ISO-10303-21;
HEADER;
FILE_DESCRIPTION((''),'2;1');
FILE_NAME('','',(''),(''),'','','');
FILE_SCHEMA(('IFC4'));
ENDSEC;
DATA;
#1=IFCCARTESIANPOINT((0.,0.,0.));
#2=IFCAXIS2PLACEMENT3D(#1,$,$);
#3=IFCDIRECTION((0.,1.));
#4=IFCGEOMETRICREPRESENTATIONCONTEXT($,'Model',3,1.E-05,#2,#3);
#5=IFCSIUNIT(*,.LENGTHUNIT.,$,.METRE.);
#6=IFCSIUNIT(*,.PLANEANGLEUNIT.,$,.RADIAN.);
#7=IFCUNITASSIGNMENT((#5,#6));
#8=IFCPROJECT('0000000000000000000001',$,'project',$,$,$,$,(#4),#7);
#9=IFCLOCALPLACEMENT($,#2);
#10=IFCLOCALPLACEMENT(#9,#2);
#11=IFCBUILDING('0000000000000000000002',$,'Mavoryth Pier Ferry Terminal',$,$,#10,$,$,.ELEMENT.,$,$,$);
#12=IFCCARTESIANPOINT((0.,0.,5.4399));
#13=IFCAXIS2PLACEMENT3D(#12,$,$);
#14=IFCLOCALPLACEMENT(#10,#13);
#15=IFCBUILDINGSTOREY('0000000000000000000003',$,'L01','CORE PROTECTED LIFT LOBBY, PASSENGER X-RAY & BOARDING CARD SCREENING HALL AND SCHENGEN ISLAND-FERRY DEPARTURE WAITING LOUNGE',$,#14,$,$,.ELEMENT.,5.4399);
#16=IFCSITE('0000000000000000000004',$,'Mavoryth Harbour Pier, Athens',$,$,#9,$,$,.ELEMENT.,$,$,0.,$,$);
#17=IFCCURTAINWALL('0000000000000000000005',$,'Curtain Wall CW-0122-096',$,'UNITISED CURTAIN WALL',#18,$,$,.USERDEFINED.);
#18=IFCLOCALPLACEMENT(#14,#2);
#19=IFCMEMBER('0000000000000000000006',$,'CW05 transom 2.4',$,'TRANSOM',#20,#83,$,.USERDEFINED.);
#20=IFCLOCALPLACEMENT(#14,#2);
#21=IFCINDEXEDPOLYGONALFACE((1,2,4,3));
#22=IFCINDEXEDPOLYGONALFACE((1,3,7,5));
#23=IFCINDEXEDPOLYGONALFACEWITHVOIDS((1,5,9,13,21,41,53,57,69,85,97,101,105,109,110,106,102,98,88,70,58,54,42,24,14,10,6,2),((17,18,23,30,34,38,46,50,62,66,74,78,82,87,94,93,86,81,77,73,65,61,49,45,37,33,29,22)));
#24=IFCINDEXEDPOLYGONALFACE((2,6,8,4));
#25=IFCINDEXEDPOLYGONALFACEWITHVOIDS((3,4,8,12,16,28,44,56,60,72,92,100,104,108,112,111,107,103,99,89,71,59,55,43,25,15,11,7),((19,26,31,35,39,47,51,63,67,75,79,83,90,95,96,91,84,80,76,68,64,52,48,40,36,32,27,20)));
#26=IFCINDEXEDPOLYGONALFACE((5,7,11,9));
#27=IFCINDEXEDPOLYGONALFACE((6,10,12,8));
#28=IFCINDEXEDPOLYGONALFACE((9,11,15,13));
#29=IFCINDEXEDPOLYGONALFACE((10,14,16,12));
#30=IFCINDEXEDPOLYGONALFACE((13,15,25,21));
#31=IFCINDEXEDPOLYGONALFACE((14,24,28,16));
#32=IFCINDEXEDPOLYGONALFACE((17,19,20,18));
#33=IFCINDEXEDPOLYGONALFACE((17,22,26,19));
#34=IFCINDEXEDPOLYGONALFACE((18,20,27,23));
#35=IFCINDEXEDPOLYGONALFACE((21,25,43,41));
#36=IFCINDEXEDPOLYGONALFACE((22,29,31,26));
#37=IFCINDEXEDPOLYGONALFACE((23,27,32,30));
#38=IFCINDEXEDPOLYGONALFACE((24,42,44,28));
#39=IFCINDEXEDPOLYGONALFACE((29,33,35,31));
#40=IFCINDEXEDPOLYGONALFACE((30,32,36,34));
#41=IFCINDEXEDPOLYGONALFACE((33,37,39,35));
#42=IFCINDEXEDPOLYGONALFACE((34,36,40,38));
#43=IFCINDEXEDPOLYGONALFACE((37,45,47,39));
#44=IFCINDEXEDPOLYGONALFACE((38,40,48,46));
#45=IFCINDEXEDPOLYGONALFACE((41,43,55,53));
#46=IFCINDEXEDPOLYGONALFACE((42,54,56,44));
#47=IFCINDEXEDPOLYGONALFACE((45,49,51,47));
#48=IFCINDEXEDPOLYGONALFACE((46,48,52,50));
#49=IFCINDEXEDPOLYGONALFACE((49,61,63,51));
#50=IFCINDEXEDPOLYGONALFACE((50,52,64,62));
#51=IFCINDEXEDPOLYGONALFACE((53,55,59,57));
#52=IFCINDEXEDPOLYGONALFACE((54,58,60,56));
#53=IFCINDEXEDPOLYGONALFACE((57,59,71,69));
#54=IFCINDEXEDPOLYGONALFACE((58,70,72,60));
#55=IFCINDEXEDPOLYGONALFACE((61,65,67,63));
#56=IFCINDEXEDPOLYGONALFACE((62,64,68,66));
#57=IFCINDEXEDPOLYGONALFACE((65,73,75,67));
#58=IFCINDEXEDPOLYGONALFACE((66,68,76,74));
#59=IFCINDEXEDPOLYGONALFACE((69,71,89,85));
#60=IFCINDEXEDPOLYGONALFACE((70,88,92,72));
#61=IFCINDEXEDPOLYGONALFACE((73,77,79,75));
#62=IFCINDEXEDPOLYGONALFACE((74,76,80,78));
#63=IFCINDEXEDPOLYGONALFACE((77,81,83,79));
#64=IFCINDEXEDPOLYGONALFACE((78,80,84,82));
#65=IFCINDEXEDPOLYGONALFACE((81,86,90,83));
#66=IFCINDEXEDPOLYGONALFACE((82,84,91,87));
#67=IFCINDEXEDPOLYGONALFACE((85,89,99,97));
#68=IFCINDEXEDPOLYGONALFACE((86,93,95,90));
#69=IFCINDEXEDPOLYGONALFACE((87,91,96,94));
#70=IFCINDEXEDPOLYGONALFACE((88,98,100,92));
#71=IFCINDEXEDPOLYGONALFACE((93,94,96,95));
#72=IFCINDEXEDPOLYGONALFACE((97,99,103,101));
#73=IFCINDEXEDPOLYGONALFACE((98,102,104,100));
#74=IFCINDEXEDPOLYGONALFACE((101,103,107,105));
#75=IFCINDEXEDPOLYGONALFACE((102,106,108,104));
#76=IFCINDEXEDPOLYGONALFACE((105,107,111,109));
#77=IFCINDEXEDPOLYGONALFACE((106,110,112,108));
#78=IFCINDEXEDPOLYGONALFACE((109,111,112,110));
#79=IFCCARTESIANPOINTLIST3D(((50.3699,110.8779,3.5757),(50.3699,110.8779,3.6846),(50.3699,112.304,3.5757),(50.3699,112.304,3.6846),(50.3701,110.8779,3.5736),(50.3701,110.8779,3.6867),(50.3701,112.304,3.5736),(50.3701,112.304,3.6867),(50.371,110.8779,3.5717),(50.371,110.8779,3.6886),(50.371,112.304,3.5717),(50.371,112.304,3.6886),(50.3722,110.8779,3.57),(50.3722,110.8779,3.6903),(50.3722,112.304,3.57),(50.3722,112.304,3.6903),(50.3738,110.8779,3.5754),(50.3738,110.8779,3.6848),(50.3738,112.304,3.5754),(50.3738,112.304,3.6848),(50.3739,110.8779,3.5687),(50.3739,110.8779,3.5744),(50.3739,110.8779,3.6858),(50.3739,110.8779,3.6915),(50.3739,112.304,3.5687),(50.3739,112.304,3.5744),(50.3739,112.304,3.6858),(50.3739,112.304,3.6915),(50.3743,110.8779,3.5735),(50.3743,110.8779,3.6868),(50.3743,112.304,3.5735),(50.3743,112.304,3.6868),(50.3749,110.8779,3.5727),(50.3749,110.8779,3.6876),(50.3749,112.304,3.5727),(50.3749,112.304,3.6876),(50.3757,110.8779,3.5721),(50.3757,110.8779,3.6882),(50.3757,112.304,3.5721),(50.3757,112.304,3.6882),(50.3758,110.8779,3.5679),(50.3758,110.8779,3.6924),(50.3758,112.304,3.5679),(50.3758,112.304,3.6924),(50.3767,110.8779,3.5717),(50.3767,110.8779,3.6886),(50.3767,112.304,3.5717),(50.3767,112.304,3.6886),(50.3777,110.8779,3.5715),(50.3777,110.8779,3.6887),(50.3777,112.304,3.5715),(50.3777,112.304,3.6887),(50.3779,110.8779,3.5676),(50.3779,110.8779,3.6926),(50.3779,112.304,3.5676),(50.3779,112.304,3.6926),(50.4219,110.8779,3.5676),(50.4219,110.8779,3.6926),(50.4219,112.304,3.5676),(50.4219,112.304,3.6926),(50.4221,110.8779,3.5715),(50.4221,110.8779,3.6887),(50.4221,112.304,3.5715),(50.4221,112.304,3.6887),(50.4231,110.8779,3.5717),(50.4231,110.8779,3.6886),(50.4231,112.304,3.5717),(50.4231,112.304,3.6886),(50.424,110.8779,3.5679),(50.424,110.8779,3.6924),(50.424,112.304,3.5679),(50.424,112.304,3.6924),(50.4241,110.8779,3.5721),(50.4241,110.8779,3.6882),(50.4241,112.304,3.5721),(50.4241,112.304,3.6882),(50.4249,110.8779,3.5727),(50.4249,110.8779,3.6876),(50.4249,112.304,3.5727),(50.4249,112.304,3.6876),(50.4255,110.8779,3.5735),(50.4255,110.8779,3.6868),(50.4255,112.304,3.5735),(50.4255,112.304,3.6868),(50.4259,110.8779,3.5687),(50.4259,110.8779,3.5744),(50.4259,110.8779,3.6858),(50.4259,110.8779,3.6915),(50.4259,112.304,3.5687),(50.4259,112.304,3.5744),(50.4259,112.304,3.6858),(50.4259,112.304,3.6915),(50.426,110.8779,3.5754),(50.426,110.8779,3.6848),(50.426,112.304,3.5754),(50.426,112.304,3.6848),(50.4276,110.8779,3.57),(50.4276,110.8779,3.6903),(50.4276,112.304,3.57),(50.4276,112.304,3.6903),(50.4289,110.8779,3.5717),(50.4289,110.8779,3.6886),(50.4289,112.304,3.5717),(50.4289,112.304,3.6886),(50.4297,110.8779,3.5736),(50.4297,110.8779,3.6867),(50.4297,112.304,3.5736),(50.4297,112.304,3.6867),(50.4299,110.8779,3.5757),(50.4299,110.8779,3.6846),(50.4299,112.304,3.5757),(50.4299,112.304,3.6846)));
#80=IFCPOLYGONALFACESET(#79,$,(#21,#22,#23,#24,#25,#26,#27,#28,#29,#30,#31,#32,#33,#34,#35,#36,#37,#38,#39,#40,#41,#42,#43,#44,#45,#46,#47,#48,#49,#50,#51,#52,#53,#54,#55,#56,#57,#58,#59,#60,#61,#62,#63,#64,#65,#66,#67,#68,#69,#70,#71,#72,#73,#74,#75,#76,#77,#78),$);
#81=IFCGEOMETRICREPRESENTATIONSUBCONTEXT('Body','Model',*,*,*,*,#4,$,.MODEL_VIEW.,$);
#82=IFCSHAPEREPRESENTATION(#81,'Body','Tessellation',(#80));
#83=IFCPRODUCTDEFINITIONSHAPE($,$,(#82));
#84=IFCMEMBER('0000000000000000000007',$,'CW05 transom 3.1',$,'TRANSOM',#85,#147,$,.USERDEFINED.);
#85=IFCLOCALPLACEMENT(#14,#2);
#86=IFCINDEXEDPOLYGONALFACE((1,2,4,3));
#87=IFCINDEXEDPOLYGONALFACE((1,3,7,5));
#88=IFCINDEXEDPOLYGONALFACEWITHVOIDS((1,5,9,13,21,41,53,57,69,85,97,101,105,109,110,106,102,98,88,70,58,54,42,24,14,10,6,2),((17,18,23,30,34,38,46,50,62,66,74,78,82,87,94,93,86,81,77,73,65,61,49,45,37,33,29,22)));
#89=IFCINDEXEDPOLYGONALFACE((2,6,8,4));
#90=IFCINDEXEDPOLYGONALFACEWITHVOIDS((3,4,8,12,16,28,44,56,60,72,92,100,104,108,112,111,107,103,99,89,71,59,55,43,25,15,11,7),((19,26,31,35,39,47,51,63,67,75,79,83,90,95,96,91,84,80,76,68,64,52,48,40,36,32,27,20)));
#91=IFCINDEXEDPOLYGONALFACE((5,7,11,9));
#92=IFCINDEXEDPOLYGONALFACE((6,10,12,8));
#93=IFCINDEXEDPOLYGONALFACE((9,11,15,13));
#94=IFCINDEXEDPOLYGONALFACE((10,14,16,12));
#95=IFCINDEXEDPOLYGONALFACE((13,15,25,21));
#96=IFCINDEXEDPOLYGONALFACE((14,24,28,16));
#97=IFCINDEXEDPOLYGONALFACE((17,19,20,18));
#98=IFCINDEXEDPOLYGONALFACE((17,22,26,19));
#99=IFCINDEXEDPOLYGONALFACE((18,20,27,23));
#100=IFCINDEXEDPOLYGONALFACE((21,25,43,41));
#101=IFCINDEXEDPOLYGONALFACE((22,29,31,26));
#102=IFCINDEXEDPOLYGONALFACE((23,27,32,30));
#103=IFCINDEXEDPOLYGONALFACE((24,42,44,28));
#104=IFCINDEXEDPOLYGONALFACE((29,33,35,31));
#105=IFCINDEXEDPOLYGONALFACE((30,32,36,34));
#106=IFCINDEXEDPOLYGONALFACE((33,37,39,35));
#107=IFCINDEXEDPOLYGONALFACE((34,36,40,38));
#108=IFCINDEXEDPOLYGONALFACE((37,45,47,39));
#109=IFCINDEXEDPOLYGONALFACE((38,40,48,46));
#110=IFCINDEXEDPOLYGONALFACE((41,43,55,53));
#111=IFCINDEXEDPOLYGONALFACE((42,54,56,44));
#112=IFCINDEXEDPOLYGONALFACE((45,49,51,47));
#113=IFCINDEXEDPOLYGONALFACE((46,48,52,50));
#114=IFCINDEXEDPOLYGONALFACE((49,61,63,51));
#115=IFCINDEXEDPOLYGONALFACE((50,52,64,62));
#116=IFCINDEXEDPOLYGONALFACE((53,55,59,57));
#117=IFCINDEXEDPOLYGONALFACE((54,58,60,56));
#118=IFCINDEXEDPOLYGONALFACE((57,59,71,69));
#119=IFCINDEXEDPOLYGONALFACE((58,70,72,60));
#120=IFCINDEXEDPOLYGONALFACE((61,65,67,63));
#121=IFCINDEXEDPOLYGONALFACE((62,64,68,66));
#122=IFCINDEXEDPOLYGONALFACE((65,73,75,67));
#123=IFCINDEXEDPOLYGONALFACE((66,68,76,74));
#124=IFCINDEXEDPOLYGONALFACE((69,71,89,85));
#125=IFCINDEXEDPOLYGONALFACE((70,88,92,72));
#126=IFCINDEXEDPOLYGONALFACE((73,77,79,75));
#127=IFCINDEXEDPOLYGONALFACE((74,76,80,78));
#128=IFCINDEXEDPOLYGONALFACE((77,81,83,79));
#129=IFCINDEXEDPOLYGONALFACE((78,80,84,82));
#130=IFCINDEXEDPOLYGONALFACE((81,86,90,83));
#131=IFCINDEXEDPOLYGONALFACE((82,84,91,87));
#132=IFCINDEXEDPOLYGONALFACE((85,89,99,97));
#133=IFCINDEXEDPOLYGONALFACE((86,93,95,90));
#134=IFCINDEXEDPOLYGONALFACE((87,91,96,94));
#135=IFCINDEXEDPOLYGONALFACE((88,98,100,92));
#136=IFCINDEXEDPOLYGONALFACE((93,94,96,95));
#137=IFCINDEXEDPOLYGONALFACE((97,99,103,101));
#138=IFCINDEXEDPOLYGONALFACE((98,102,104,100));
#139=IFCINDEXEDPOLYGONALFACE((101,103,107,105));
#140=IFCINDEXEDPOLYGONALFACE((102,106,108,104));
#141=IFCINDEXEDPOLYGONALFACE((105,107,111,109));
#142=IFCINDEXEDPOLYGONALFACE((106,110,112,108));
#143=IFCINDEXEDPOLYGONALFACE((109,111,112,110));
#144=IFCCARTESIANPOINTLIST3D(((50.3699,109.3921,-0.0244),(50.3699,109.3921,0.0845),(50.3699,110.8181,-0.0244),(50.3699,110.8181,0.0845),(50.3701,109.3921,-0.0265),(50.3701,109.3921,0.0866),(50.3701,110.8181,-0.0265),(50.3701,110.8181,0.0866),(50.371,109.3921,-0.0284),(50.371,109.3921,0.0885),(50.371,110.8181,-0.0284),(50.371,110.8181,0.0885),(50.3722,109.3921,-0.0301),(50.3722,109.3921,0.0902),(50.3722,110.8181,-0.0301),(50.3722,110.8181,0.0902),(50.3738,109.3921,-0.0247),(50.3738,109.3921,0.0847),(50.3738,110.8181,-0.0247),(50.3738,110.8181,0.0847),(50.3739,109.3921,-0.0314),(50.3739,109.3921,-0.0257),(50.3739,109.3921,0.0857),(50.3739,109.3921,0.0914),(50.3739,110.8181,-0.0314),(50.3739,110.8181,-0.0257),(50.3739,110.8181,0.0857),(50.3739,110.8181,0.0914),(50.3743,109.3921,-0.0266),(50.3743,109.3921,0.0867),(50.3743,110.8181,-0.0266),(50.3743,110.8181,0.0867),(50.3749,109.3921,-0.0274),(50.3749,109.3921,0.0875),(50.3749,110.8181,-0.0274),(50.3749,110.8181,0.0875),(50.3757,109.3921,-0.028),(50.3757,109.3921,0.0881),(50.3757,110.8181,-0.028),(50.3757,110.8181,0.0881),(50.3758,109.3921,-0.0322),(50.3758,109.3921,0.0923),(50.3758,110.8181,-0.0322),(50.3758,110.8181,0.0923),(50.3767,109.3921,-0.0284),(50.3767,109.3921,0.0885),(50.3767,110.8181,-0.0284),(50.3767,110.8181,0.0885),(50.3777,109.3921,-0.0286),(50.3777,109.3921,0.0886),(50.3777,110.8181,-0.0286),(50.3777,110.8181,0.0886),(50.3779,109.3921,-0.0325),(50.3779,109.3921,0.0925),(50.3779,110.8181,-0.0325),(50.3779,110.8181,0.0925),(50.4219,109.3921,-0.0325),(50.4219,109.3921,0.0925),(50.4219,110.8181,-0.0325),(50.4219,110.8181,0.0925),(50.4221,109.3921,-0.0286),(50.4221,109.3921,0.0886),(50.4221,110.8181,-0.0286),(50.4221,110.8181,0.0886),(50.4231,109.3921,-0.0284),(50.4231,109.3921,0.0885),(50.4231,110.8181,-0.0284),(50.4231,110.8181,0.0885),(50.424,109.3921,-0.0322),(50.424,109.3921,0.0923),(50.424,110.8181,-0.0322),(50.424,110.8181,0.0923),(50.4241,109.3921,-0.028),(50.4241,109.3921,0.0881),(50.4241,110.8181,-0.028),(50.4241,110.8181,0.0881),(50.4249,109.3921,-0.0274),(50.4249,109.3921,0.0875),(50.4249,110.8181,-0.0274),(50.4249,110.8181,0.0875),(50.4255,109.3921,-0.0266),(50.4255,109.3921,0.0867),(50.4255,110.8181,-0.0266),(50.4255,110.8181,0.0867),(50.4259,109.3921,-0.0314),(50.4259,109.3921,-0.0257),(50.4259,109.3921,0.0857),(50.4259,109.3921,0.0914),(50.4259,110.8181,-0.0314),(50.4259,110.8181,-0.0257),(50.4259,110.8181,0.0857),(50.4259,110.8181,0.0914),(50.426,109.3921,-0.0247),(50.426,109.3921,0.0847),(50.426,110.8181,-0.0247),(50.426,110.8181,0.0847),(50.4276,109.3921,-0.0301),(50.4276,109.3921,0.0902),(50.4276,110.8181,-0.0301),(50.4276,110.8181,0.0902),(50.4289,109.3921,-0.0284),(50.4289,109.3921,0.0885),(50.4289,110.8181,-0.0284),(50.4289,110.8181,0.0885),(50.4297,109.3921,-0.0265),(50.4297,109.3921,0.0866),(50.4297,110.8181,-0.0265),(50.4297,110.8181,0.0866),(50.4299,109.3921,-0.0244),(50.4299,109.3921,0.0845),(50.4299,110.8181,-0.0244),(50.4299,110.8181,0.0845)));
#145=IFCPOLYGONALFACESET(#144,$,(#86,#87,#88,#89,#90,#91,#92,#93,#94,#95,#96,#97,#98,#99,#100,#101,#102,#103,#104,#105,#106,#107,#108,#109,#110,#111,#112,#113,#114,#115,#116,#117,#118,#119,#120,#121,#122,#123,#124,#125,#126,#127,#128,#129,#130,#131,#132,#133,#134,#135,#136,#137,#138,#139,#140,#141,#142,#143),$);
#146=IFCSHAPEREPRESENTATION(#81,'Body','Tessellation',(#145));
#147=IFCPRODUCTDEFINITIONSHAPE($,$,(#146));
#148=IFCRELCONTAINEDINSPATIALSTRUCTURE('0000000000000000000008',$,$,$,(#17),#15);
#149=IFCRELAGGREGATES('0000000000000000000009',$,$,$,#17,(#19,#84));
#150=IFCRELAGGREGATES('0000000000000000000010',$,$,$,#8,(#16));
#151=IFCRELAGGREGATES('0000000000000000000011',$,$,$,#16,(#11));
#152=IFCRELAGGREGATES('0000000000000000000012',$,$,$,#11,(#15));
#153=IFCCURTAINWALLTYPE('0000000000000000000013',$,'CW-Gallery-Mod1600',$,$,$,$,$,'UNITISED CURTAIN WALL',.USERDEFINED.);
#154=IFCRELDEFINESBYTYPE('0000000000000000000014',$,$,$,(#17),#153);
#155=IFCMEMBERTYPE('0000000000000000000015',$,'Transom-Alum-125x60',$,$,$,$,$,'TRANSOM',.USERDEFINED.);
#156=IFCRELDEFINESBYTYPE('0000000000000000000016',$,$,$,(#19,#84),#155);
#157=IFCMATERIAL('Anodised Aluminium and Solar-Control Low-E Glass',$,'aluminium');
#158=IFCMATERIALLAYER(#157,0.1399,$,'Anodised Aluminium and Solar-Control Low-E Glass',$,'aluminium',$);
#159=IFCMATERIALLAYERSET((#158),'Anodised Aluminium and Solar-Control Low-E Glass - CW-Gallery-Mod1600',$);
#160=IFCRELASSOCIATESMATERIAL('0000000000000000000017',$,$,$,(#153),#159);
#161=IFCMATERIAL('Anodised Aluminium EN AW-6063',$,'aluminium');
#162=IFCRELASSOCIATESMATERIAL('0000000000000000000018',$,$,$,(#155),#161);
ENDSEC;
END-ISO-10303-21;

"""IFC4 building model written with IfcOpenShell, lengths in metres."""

from ifc_helpers import new_model, si_unit, direction, frame, origin, origin_2d, place, context, subcontext, project, spatial, hollow_rectangle, extrude, material, layer, layer_set, material_profile, profile_set, type_object, element, aggregate, save


model = new_model("IFC4")

# Units and contexts
model_context = context("Model", 3, precision=1e-05, world=origin(), true_north=direction((0.0, 1.0)))
body_context = subcontext(model_context, "Body", "Model", "MODEL_VIEW")
ifc_project = project(units=[si_unit("LENGTHUNIT", "METRE"), si_unit("PLANEANGLEUNIT", "RADIAN")], contexts=[model_context])

# Site, building, storey
site_placement = place(None, origin())
site = spatial("IfcSite", under=ifc_project, at=site_placement, Name="Mavoryth Harbour Pier, Athens", CompositionType="ELEMENT", RefElevation=0.0)
building_placement = place(site_placement, origin())
building = spatial("IfcBuilding", under=site, at=building_placement, Name="Mavoryth Pier Ferry Terminal", CompositionType="ELEMENT")
storey_placement = place(building_placement, frame((0.0, 0.0, 5.4399)))
storey = spatial("IfcBuildingStorey", under=building, at=storey_placement, Name="L01", Description="CORE PROTECTED LIFT LOBBY, PASSENGER X-RAY & BOARDING CARD SCREENING HALL AND SCHENGEN ISLAND-FERRY DEPARTURE WAITING LOUNGE", CompositionType="ELEMENT", Elevation=5.4399)

# Curtain wall
ifc_material_1 = material(Name="Anodised Aluminium and Solar-Control Low-E Glass", Category="aluminium")
ifc_layer_1 = layer(ifc_material_1, 0.1399, Name="Anodised Aluminium and Solar-Control Low-E Glass", Category="aluminium")
ifc_layer_set_1 = layer_set([ifc_layer_1], Name="Anodised Aluminium and Solar-Control Low-E Glass - CW-Gallery-Mod1600")
curtain_wall_type = type_object("IfcCurtainWallType", Name="CW-Gallery-Mod1600", ElementType="UNITISED CURTAIN WALL", PredefinedType="USERDEFINED", material=ifc_layer_set_1)
curtain_wall_placement = place(storey_placement, origin())
curtain_wall = element("IfcCurtainWall", 1, at=curtain_wall_placement, inside=storey, type_object=curtain_wall_type, Name="Curtain Wall CW-0122-096", ObjectType="UNITISED CURTAIN WALL", PredefinedType="USERDEFINED")
ifc_material_2 = material(Name="Anodised Aluminium EN AW-6063", Category="aluminium")

# Members
ifc_material_profile_1 = material_profile(ifc_material_2, hollow_rectangle(XDim=0.0601, YDim=0.125, WallThickness=0.0039, InnerFilletRadius=0.0039, OuterFilletRadius=0.0081, at=origin_2d()), Name="AL-TRAN 125x60x4", Category="aluminium")
ifc_profile_set_1 = profile_set([ifc_material_profile_1], Name="Anodised Aluminium EN AW-6063 - AL-TRAN 125x60x4")
member_type_1 = type_object("IfcMemberType", Name="Transom-Alum-125x60", ElementType="TRANSOM", PredefinedType="USERDEFINED", material=ifc_profile_set_1)
member_1_placement = place(storey_placement, frame((50.3999, 112.304, 3.6301), z_axis=(0.0, -1.0, 0.0), x_axis=(1.0, 0.0, 0.0)))
member_1 = element("IfcMember", 2, at=member_1_placement, type_object=member_type_1, Name="CW05 transom 2.4", ObjectType="TRANSOM", PredefinedType="USERDEFINED", context=body_context, shape_type="SweptSolid", body=[
    extrude(hollow_rectangle(XDim=0.0601, YDim=0.125, WallThickness=0.0039, InnerFilletRadius=0.0039, OuterFilletRadius=0.0081, at=origin_2d()), origin(), (0.0, 0.0, 1.0), 1.426),
])
member_2_placement = place(storey_placement, frame((50.3999, 110.8181, 0.03), z_axis=(0.0, -1.0, 0.0), x_axis=(1.0, 0.0, 0.0)))
member_2 = element("IfcMember", 3, at=member_2_placement, type_object=member_type_1, Name="CW05 transom 3.1", ObjectType="TRANSOM", PredefinedType="USERDEFINED", context=body_context, shape_type="SweptSolid", body=[
    extrude(hollow_rectangle(XDim=0.0601, YDim=0.125, WallThickness=0.0039, InnerFilletRadius=0.0039, OuterFilletRadius=0.0081, at=origin_2d()), origin(), (0.0, 0.0, 1.0), 1.426),
])

aggregate(curtain_wall, [member_1, member_2])

save(model, "model.ifc")
